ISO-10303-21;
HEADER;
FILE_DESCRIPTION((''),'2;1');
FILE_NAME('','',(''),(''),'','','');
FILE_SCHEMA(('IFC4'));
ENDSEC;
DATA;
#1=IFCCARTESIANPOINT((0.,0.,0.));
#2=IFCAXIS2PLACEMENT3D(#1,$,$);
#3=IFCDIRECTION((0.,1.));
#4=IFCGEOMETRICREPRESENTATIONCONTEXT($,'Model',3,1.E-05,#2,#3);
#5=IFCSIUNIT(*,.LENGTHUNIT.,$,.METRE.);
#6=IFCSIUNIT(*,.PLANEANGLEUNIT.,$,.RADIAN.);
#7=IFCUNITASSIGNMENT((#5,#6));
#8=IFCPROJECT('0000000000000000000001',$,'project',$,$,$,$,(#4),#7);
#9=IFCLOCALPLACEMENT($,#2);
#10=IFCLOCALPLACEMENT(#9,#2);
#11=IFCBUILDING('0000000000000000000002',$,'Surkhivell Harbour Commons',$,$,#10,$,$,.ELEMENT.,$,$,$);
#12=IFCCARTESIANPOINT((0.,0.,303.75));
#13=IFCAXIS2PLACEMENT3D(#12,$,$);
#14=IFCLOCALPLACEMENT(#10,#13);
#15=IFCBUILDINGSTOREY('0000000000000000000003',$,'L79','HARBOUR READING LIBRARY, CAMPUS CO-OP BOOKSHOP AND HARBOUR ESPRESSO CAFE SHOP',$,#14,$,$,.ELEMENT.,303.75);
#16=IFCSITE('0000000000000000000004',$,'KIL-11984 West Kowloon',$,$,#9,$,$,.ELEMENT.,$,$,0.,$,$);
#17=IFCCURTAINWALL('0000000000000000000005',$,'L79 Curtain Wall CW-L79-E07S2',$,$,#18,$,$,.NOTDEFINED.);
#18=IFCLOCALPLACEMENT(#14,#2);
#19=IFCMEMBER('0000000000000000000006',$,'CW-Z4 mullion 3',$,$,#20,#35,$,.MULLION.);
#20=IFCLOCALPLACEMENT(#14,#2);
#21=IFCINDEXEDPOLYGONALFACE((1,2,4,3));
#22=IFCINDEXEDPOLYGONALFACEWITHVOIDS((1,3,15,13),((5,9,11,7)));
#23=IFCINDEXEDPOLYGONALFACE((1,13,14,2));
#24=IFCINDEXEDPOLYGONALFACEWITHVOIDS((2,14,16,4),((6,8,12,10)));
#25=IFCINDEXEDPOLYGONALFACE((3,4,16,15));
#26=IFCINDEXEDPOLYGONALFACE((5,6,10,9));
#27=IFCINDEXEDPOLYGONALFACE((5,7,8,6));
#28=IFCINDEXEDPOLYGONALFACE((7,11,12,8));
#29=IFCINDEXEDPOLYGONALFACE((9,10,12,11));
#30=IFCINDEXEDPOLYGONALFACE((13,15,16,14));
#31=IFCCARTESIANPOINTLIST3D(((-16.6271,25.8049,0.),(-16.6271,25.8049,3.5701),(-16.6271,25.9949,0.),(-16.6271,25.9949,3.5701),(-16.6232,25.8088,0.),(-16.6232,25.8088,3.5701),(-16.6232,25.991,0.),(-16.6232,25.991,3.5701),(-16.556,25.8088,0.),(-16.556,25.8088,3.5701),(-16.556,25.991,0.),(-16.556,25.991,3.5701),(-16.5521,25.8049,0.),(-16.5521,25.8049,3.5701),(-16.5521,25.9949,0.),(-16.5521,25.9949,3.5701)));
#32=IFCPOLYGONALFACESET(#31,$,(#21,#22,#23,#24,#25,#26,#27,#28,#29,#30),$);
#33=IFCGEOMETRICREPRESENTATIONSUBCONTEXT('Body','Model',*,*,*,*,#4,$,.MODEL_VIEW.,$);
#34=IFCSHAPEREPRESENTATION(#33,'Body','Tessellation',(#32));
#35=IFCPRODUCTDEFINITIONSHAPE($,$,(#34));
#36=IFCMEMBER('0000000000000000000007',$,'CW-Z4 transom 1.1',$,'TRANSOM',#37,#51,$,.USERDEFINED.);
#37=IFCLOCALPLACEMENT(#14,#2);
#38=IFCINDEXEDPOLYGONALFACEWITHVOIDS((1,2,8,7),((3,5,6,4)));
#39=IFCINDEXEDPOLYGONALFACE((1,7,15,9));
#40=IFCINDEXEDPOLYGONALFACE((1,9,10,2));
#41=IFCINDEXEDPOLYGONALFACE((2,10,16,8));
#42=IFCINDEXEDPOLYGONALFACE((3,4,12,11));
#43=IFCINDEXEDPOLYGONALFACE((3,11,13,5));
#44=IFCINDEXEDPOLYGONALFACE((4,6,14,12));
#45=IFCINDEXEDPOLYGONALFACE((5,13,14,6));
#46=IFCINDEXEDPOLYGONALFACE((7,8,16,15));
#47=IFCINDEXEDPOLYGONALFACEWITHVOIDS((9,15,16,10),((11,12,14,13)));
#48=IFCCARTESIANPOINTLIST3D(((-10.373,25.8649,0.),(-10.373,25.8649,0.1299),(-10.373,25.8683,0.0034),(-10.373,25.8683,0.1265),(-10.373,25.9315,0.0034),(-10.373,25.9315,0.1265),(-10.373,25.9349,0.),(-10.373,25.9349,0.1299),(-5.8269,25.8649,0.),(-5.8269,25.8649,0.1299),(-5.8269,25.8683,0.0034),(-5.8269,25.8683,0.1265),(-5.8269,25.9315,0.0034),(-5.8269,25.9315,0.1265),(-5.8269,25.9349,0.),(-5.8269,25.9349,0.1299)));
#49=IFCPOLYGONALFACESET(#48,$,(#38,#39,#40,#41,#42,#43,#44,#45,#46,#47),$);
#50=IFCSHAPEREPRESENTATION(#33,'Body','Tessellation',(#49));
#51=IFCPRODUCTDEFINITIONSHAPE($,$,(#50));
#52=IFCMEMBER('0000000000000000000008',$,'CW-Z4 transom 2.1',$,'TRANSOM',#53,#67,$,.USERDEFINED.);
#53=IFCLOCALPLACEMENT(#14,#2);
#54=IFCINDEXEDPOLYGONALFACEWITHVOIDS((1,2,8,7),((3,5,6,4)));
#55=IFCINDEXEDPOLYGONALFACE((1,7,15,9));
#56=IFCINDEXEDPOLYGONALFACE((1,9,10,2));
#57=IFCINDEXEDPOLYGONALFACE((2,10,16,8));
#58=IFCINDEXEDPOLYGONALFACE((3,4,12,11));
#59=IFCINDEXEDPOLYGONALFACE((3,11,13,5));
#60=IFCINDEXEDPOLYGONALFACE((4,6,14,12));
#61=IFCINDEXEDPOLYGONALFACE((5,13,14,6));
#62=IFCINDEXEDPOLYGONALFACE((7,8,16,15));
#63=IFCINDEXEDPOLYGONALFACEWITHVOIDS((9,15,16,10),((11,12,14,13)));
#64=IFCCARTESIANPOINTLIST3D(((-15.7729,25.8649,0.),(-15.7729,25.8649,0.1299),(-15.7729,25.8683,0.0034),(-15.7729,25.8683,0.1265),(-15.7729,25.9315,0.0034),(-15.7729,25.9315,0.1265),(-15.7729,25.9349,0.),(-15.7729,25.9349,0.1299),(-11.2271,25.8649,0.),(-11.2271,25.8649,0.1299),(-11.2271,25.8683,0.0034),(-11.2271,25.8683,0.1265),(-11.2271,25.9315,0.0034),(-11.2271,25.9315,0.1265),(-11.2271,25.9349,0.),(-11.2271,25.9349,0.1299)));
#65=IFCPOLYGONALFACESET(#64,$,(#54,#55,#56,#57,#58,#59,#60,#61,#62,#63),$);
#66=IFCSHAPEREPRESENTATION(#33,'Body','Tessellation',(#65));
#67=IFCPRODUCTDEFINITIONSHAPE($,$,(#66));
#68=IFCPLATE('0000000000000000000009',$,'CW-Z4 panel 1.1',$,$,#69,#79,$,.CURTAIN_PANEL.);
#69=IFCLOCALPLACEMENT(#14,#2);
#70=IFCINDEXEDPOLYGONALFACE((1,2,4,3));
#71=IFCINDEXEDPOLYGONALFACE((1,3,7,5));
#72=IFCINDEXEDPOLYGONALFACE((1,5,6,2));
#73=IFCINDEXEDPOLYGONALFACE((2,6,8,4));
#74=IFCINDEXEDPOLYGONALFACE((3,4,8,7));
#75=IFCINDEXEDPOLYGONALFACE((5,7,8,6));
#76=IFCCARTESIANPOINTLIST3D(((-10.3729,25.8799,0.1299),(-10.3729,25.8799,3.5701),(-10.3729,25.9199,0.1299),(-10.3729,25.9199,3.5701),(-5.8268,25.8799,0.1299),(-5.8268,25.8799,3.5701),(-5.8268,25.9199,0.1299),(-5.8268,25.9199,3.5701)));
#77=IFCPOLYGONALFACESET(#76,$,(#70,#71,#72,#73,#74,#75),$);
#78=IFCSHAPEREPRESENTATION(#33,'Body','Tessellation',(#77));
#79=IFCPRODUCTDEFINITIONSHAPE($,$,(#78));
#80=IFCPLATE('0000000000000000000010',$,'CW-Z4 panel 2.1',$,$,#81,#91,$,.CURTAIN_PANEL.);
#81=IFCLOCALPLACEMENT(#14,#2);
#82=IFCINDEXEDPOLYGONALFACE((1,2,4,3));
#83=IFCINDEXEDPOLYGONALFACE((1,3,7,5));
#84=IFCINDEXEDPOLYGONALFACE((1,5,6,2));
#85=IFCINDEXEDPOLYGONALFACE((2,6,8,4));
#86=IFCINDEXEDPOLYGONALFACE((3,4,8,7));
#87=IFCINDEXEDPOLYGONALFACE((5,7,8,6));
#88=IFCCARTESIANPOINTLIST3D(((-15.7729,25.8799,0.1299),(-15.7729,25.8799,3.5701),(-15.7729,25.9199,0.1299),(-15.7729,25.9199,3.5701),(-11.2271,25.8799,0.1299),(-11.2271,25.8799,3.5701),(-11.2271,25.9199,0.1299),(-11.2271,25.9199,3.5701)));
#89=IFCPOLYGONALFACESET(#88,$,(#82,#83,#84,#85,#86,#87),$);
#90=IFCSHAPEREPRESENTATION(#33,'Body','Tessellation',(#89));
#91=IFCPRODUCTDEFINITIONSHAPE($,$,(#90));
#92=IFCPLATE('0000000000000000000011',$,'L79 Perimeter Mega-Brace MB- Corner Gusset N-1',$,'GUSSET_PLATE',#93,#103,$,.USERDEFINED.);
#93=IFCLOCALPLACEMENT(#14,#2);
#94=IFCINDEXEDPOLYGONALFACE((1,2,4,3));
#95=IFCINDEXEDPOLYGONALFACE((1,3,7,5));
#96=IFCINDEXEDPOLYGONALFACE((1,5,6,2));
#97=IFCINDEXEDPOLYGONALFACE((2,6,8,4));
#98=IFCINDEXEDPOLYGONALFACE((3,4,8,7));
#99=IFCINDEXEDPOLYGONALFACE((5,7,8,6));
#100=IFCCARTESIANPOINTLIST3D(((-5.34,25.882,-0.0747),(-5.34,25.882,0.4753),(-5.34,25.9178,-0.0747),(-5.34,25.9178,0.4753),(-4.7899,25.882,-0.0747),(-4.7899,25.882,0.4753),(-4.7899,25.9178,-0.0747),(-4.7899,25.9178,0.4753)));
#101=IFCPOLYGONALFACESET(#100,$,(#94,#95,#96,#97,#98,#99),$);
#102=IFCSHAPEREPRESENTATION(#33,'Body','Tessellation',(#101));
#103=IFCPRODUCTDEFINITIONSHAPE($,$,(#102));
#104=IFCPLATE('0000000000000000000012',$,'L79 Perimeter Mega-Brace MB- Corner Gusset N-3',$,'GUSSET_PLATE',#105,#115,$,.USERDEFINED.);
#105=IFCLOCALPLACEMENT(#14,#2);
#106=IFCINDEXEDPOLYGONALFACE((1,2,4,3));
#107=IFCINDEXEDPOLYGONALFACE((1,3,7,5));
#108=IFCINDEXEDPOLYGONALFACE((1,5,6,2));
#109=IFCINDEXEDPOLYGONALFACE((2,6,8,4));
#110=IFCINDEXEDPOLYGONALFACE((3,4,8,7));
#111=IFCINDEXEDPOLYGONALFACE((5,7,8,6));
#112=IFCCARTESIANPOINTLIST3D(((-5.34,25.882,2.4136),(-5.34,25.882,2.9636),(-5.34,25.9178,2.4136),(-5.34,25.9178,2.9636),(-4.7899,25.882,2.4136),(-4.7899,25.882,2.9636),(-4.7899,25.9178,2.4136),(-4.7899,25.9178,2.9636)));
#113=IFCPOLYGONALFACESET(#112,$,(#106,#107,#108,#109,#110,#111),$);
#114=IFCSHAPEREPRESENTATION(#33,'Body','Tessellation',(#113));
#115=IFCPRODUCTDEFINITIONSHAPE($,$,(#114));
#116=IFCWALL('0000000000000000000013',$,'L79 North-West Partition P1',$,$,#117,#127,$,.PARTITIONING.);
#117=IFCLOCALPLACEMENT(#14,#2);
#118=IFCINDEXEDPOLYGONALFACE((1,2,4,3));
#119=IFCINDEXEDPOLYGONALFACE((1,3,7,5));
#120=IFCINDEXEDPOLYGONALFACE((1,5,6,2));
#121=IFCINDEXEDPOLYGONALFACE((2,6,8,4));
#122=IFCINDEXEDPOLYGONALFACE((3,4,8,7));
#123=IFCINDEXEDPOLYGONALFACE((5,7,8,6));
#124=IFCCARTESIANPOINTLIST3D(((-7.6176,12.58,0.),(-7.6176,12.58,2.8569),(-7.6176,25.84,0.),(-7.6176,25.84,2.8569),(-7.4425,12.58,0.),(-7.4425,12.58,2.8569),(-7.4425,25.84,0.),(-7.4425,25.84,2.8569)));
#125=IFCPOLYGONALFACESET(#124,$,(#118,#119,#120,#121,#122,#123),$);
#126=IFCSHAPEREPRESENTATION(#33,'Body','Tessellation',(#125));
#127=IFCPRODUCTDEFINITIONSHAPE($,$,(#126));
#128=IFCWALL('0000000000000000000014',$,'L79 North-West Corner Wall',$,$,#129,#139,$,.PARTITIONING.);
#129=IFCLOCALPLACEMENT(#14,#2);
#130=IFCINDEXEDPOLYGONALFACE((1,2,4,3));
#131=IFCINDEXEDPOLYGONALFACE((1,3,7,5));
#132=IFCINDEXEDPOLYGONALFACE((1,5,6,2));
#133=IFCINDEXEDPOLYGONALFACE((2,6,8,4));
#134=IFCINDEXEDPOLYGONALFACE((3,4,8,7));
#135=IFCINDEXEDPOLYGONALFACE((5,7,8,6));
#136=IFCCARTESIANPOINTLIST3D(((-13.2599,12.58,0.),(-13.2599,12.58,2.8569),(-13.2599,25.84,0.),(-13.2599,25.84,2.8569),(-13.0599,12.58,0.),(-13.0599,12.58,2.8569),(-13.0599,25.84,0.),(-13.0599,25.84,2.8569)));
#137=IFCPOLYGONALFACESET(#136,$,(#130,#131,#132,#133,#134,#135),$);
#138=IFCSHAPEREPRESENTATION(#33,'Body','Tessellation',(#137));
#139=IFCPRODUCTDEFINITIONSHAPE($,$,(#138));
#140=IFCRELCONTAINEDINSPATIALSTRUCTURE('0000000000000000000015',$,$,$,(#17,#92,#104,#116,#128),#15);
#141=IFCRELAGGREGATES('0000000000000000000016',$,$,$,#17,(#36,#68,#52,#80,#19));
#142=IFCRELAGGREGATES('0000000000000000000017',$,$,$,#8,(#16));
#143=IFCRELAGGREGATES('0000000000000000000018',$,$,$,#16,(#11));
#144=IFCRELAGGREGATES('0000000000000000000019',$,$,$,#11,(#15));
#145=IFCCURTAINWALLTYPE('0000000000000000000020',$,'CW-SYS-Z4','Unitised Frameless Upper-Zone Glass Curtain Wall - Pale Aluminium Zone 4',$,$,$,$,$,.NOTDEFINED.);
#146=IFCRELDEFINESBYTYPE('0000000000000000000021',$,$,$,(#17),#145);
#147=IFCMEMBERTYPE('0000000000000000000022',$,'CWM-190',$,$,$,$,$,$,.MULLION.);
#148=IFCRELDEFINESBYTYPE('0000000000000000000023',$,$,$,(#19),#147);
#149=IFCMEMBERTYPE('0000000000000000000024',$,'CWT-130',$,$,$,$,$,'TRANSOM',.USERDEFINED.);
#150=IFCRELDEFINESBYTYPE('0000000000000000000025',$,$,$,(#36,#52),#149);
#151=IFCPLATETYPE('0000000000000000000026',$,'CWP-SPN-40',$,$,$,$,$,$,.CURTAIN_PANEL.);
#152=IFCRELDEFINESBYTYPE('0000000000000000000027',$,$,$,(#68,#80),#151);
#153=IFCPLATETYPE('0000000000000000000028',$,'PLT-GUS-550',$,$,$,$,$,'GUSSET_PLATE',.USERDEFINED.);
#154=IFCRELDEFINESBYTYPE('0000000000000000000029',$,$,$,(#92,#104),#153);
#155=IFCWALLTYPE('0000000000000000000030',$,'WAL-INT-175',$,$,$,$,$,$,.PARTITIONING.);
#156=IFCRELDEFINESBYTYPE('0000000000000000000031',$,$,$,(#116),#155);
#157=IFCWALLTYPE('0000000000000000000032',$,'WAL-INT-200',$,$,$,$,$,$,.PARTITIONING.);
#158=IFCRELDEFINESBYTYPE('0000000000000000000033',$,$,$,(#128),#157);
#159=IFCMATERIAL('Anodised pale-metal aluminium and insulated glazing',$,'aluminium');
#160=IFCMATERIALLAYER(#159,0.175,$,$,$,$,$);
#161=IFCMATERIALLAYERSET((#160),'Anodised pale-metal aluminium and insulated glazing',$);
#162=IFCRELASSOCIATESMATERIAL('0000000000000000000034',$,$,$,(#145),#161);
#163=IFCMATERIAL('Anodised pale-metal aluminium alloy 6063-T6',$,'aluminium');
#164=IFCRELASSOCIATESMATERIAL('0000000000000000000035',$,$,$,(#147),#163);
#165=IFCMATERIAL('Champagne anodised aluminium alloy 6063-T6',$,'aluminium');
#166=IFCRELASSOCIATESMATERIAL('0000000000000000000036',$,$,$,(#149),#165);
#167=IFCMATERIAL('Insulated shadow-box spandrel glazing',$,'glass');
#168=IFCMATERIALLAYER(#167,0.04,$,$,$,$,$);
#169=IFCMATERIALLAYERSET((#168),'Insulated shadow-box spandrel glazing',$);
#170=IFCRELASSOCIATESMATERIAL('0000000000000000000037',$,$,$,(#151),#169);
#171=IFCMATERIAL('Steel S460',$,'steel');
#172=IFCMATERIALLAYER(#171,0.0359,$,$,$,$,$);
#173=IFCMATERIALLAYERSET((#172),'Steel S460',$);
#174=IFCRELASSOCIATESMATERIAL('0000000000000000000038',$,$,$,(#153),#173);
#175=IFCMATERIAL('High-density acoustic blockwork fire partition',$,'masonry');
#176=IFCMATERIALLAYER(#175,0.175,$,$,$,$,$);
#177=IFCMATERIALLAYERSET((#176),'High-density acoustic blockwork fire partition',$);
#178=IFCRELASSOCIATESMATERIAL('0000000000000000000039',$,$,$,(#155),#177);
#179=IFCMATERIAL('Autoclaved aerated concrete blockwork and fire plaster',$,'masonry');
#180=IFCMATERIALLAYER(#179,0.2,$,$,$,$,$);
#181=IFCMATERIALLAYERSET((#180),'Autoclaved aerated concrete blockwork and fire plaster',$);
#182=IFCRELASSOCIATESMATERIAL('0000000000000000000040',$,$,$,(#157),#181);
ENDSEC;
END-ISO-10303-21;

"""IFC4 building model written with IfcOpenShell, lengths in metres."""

from ifc_helpers import new_model, si_unit, direction, frame, frame_2d, origin, origin_2d, place, context, subcontext, project, spatial, rectangle, hollow_rectangle, extrude, material, layer, layer_set, material_profile, profile_set, type_object, element, aggregate, save


model = new_model("IFC4")

# Units and contexts
model_context = context("Model", 3, precision=1e-05, world=origin(), true_north=direction((0.0, 1.0)))
body_context = subcontext(model_context, "Body", "Model", "MODEL_VIEW")
ifc_project = project(units=[si_unit("LENGTHUNIT", "METRE"), si_unit("PLANEANGLEUNIT", "RADIAN")], contexts=[model_context])

# Site, building, storey
site_placement = place(None, origin())
site = spatial("IfcSite", under=ifc_project, at=site_placement, Name="KIL-11984 West Kowloon", CompositionType="ELEMENT", RefElevation=0.0)
building_placement = place(site_placement, origin())
building = spatial("IfcBuilding", under=site, at=building_placement, Name="Surkhivell Harbour Commons", CompositionType="ELEMENT")
storey_placement = place(building_placement, frame((0.0, 0.0, 303.75)))
storey = spatial("IfcBuildingStorey", under=building, at=storey_placement, Name="L79", Description="HARBOUR READING LIBRARY, CAMPUS CO-OP BOOKSHOP AND HARBOUR ESPRESSO CAFE SHOP", CompositionType="ELEMENT", Elevation=303.75)

# Curtain wall, members, plates
ifc_material_1 = material(Name="Anodised pale-metal aluminium and insulated glazing", Category="aluminium")
ifc_layer_1 = layer(ifc_material_1, 0.175)
ifc_layer_set_1 = layer_set([ifc_layer_1], Name="Anodised pale-metal aluminium and insulated glazing")
curtain_wall_type = type_object("IfcCurtainWallType", Name="CW-SYS-Z4", Description="Unitised Frameless Upper-Zone Glass Curtain Wall - Pale Aluminium Zone 4", PredefinedType="NOTDEFINED", material=ifc_layer_set_1)
curtain_wall_placement = place(storey_placement, origin())
curtain_wall = element("IfcCurtainWall", 1, at=curtain_wall_placement, inside=storey, type_object=curtain_wall_type, Name="L79 Curtain Wall CW-L79-E07S2", PredefinedType="NOTDEFINED")
ifc_material_2 = material(Name="Anodised pale-metal aluminium alloy 6063-T6", Category="aluminium")
ifc_material_profile_1 = material_profile(ifc_material_2, hollow_rectangle(XDim=0.075, YDim=0.1899, WallThickness=0.0039, at=origin_2d()), Name="ALU-MULL-75x190")
ifc_profile_set_1 = profile_set([ifc_material_profile_1], Name="Anodised pale-metal aluminium alloy 6063-T6")
member_type_1 = type_object("IfcMemberType", Name="CWM-190", PredefinedType="MULLION", material=ifc_profile_set_1)
member_1_placement = place(storey_placement, frame((-16.5896, 25.8999, 0.0), z_axis=(0.0, 0.0, 1.0), x_axis=(-1.0, 0.0, 0.0)))
member_1 = element("IfcMember", 2, at=member_1_placement, type_object=member_type_1, Name="CW-Z4 mullion 3", PredefinedType="MULLION", context=body_context, shape_type="SweptSolid", body=[
    extrude(hollow_rectangle(XDim=0.075, YDim=0.1899, WallThickness=0.0039, at=origin_2d()), origin(), (0.0, 0.0, 1.0), 3.5701),
])
ifc_material_3 = material(Name="Champagne anodised aluminium alloy 6063-T6", Category="aluminium")
ifc_material_profile_2 = material_profile(ifc_material_3, hollow_rectangle(XDim=0.0701, YDim=0.1299, WallThickness=0.0034, at=origin_2d()), Name="ALU-TRAN-70x130")
ifc_profile_set_2 = profile_set([ifc_material_profile_2], Name="Champagne anodised aluminium alloy 6063-T6")
member_type_2 = type_object("IfcMemberType", Name="CWT-130", ElementType="TRANSOM", PredefinedType="USERDEFINED", material=ifc_profile_set_2)
member_2_placement = place(storey_placement, frame((-5.8269, 25.8999, 0.0649), z_axis=(-1.0, 0.0, 0.0), x_axis=(0.0, -1.0, 0.0)))
member_2 = element("IfcMember", 3, at=member_2_placement, type_object=member_type_2, Name="CW-Z4 transom 1.1", ObjectType="TRANSOM", PredefinedType="USERDEFINED", context=body_context, shape_type="SweptSolid", body=[
    extrude(hollow_rectangle(XDim=0.0701, YDim=0.1299, WallThickness=0.0034, at=origin_2d()), origin(), (0.0, 0.0, 1.0), 4.5461),
])
member_3_placement = place(storey_placement, frame((-11.2271, 25.8999, 0.0649), z_axis=(-1.0, 0.0, 0.0), x_axis=(0.0, -1.0, 0.0)))
member_3 = element("IfcMember", 4, at=member_3_placement, type_object=member_type_2, Name="CW-Z4 transom 2.1", ObjectType="TRANSOM", PredefinedType="USERDEFINED", context=body_context, shape_type="SweptSolid", body=[
    extrude(hollow_rectangle(XDim=0.0701, YDim=0.1299, WallThickness=0.0034, at=origin_2d()), origin(), (0.0, 0.0, 1.0), 4.5459),
])
ifc_material_4 = material(Name="Insulated shadow-box spandrel glazing", Category="glass")
ifc_layer_2 = layer(ifc_material_4, 0.04)
ifc_layer_set_2 = layer_set([ifc_layer_2], Name="Insulated shadow-box spandrel glazing")
plate_type_1 = type_object("IfcPlateType", Name="CWP-SPN-40", PredefinedType="CURTAIN_PANEL", material=ifc_layer_set_2)
plate_1_placement = place(storey_placement, frame((-5.8269, 25.8999, 0.1299), z_axis=(0.0, 0.0, 1.0), x_axis=(-1.0, 0.0, 0.0)))
plate_1 = element("IfcPlate", 5, at=plate_1_placement, type_object=plate_type_1, Name="CW-Z4 panel 1.1", PredefinedType="CURTAIN_PANEL", context=body_context, shape_type="SweptSolid", body=[
    extrude(rectangle(XDim=4.5461, YDim=0.04, at=frame_2d((2.2729, 0.0))), origin(), (0.0, 0.0, 1.0), 3.4402),
])
plate_2_placement = place(storey_placement, frame((-11.2271, 25.8999, 0.1299), z_axis=(0.0, 0.0, 1.0), x_axis=(-1.0, 0.0, 0.0)))
plate_2 = element("IfcPlate", 6, at=plate_2_placement, type_object=plate_type_1, Name="CW-Z4 panel 2.1", PredefinedType="CURTAIN_PANEL", context=body_context, shape_type="SweptSolid", body=[
    extrude(rectangle(XDim=4.5459, YDim=0.04, at=frame_2d((2.2729, 0.0))), origin(), (0.0, 0.0, 1.0), 3.4402),
])
aggregate(curtain_wall, [member_2, plate_1, member_3, plate_2, member_1])

# Plates
ifc_material_5 = material(Name="Steel S460", Category="steel")
ifc_layer_3 = layer(ifc_material_5, 0.0359)
ifc_layer_set_3 = layer_set([ifc_layer_3], Name="Steel S460")
plate_type_2 = type_object("IfcPlateType", Name="PLT-GUS-550", ElementType="GUSSET_PLATE", PredefinedType="USERDEFINED", material=ifc_layer_set_3)
for number, where, z_axis, x_axis, name in (
    (7, (-5.0649, 25.8999, -0.0747), (0.0, 0.0, 1.0), (1.0, 0.0, 0.0), "L79 Perimeter Mega-Brace MB- Corner Gusset N-1"),
    (8, (-5.0649, 25.8999, 2.4136), (0.0, 0.0, 1.0), (1.0, 0.0, 0.0), "L79 Perimeter Mega-Brace MB- Corner Gusset N-3"),
):
    element("IfcPlate", number, at=place(storey_placement, frame(where, z_axis=z_axis, x_axis=x_axis)), inside=storey, type_object=plate_type_2, Name=name, ObjectType="GUSSET_PLATE", PredefinedType="USERDEFINED", context=body_context, shape_type="SweptSolid", body=[
        extrude(rectangle(XDim=0.55, YDim=0.0359, at=origin_2d()), origin(), (0.0, 0.0, 1.0), 0.55),
    ])

# Walls
ifc_material_6 = material(Name="High-density acoustic blockwork fire partition", Category="masonry")
ifc_layer_4 = layer(ifc_material_6, 0.175)
ifc_layer_set_4 = layer_set([ifc_layer_4], Name="High-density acoustic blockwork fire partition")
wall_type_1 = type_object("IfcWallType", Name="WAL-INT-175", PredefinedType="PARTITIONING", material=ifc_layer_set_4)
wall_1_placement = place(storey_placement, frame((-7.53, 12.5801, 0.0), z_axis=(0.0, 0.0, 1.0), x_axis=(0.0, 1.0, 0.0)))
element("IfcWall", 9, at=wall_1_placement, inside=storey, type_object=wall_type_1, Name="L79 North-West Partition P1", PredefinedType="PARTITIONING", context=body_context, shape_type="SweptSolid", body=[
    extrude(rectangle(XDim=13.26, YDim=0.175, at=frame_2d((6.6299, 0.0))), origin(), (0.0, 0.0, 1.0), 2.8569),
])
ifc_material_7 = material(Name="Autoclaved aerated concrete blockwork and fire plaster", Category="masonry")
ifc_layer_5 = layer(ifc_material_7, 0.2)
ifc_layer_set_5 = layer_set([ifc_layer_5], Name="Autoclaved aerated concrete blockwork and fire plaster")
wall_type_2 = type_object("IfcWallType", Name="WAL-INT-200", PredefinedType="PARTITIONING", material=ifc_layer_set_5)
wall_2_placement = place(storey_placement, frame((-13.1599, 12.5801, 0.0), z_axis=(0.0, 0.0, 1.0), x_axis=(0.0, 1.0, 0.0)))
element("IfcWall", 10, at=wall_2_placement, inside=storey, type_object=wall_type_2, Name="L79 North-West Corner Wall", PredefinedType="PARTITIONING", context=body_context, shape_type="SweptSolid", body=[
    extrude(rectangle(XDim=13.26, YDim=0.2, at=frame_2d((6.6299, 0.0))), origin(), (0.0, 0.0, 1.0), 2.8569),
])

save(model, "model.ifc")
